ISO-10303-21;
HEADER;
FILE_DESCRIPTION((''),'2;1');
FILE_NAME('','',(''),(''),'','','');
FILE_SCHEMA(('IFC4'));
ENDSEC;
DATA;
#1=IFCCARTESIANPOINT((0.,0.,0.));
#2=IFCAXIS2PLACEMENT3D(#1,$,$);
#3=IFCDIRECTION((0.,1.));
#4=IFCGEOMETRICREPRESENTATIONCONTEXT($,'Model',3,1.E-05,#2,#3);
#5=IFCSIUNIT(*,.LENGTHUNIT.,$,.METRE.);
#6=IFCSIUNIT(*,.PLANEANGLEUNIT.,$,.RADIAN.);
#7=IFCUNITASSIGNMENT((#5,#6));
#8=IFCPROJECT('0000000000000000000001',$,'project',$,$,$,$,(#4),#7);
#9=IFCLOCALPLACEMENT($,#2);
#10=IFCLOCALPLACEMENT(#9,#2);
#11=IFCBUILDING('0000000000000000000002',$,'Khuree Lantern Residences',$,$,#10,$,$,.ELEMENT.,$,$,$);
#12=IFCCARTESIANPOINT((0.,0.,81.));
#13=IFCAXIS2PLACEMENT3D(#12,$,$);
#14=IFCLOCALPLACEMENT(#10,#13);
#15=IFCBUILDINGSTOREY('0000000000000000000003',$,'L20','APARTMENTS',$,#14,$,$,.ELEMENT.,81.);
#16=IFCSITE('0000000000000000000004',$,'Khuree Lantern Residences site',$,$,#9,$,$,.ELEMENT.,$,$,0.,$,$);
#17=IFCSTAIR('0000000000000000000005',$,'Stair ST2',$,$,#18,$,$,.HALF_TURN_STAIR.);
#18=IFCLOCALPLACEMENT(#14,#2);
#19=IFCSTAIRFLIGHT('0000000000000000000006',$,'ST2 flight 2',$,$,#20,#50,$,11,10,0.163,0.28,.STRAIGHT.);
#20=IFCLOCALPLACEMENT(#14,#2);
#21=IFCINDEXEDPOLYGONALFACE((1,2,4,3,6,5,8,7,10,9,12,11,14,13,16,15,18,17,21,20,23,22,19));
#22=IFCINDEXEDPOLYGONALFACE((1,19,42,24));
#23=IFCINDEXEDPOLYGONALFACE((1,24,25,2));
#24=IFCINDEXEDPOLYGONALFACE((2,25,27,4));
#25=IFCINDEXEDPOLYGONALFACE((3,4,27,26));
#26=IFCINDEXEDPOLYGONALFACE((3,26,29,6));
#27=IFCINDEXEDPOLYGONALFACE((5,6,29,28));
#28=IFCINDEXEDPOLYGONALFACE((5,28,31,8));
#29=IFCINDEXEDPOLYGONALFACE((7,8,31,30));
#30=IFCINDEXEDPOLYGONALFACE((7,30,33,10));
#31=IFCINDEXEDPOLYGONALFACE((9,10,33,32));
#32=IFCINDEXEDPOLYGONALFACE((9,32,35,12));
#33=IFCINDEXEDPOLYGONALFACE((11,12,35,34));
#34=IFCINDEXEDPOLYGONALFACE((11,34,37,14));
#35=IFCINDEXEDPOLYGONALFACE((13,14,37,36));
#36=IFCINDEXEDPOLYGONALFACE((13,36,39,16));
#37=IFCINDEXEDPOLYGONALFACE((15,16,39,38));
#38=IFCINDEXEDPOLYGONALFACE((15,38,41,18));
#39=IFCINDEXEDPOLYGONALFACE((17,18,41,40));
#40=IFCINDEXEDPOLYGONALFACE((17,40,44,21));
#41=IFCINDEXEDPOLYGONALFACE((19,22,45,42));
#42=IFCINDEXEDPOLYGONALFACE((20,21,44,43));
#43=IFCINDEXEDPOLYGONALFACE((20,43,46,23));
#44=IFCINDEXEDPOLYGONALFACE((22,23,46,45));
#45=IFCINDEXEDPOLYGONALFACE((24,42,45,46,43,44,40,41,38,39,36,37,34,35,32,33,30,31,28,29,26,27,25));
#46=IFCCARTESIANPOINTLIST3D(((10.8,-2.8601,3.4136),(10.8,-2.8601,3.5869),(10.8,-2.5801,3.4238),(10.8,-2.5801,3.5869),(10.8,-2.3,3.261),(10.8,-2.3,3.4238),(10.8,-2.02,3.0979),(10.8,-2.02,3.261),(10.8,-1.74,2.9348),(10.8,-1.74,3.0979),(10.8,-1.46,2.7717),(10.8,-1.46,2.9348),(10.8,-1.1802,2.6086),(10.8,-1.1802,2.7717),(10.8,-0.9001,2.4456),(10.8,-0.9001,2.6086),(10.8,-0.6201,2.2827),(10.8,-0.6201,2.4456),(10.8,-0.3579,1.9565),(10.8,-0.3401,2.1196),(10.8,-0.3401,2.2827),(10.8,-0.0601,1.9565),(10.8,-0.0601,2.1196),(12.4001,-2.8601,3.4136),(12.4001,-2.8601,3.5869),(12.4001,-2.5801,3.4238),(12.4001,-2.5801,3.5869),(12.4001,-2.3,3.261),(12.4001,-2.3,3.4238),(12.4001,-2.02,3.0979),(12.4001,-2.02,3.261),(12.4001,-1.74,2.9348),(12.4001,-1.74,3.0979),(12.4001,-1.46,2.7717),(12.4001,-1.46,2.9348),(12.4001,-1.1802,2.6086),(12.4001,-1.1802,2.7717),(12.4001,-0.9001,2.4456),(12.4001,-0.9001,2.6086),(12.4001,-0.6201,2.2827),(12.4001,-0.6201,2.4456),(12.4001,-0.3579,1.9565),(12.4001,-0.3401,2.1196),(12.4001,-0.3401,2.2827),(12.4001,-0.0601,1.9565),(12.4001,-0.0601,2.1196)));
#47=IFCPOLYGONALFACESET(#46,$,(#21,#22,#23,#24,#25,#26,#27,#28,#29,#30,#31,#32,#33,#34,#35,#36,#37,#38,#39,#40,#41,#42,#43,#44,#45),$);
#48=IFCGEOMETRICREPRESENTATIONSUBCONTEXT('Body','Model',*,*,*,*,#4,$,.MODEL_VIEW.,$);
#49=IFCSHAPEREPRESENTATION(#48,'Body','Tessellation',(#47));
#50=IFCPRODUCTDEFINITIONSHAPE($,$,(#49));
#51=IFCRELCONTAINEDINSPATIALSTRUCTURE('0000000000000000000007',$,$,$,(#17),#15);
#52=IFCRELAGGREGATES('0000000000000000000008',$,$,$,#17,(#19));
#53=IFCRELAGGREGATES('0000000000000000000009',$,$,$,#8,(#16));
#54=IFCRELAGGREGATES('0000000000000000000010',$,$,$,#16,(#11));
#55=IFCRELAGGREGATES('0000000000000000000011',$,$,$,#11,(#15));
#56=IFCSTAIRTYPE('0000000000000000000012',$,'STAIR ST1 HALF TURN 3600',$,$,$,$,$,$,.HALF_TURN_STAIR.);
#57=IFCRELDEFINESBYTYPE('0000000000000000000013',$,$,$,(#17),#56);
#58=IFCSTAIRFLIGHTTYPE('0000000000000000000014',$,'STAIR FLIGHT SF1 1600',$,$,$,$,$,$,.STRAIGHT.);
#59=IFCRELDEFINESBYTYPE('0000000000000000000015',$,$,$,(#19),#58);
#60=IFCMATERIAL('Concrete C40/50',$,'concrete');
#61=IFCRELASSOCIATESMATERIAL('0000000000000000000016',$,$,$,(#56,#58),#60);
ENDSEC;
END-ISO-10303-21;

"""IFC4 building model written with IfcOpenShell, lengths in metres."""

from ifc_helpers import new_model, si_unit, direction, frame, origin, place, context, subcontext, project, spatial, polyline, outline, extrude, material, type_object, element, aggregate, save


model = new_model("IFC4")

# Units and contexts
model_context = context("Model", 3, precision=1e-05, world=origin(), true_north=direction((0.0, 1.0)))
body_context = subcontext(model_context, "Body", "Model", "MODEL_VIEW")
ifc_project = project(units=[si_unit("LENGTHUNIT", "METRE"), si_unit("PLANEANGLEUNIT", "RADIAN")], contexts=[model_context])

# Site, building, storey
site_placement = place(None, origin())
site = spatial("IfcSite", under=ifc_project, at=site_placement, Name="Khuree Lantern Residences site", CompositionType="ELEMENT", RefElevation=0.0)
building_placement = place(site_placement, origin())
building = spatial("IfcBuilding", under=site, at=building_placement, Name="Khuree Lantern Residences", CompositionType="ELEMENT")
storey_placement = place(building_placement, frame((0.0, 0.0, 81.0)))
storey = spatial("IfcBuildingStorey", under=building, at=storey_placement, Name="L20", Description="APARTMENTS", CompositionType="ELEMENT", Elevation=81.0)

# Stair
ifc_material_1 = material(Name="Concrete C40/50", Category="concrete")
stair_type = type_object("IfcStairType", Name="STAIR ST1 HALF TURN 3600", PredefinedType="HALF_TURN_STAIR", material=ifc_material_1)
stair_1_placement = place(storey_placement, origin())
stair_1 = element("IfcStair", 1, at=stair_1_placement, inside=storey, type_object=stair_type, Name="Stair ST2", PredefinedType="HALF_TURN_STAIR")

# Stair flight
stair_flight_type = type_object("IfcStairFlightType", Name="STAIR FLIGHT SF1 1600", PredefinedType="STRAIGHT", material=ifc_material_1)
stair_flight_placement = place(storey_placement, frame((11.6001, -0.0601, 1.9565), z_axis=(0.0, 0.0, 1.0), x_axis=(0.0, -1.0, 0.0)))
stair_flight = element("IfcStairFlight", 2, at=stair_flight_placement, type_object=stair_flight_type, Name="ST2 flight 2", NumberOfRisers=11, NumberOfTreads=10, PredefinedType="STRAIGHT", RiserHeight=0.163, TreadLength=0.28, context=body_context, shape_type="SweptSolid", body=[
    extrude(outline(polyline([(0.0, 0.0), (0.0, 0.1631), (0.28, 0.1631), (0.28, 0.3262), (0.5601, 0.3262), (0.5601, 0.489), (0.8401, 0.489), (0.8401, 0.6521), (1.1201, 0.6521), (1.1201, 0.8152), (1.3999, 0.8152), (1.3999, 0.9783), (1.6799, 0.9783), (1.6799, 1.1414), (1.96, 1.1414), (1.96, 1.3044), (2.24, 1.3044), (2.24, 1.4673), (2.52, 1.4673), (2.52, 1.6304), (2.8, 1.6304), (2.8, 1.7935), (2.8, 1.457), (0.2979, 0.0), (0.0, 0.0)])), frame((0.0, 0.8, 0.0), z_axis=(0.0, -1.0, 0.0), x_axis=(1.0, 0.0, 0.0)), (0.0, 0.0, 1.0), 1.6001),
])
aggregate(stair_1, [stair_flight])

save(model, "model.ifc")
